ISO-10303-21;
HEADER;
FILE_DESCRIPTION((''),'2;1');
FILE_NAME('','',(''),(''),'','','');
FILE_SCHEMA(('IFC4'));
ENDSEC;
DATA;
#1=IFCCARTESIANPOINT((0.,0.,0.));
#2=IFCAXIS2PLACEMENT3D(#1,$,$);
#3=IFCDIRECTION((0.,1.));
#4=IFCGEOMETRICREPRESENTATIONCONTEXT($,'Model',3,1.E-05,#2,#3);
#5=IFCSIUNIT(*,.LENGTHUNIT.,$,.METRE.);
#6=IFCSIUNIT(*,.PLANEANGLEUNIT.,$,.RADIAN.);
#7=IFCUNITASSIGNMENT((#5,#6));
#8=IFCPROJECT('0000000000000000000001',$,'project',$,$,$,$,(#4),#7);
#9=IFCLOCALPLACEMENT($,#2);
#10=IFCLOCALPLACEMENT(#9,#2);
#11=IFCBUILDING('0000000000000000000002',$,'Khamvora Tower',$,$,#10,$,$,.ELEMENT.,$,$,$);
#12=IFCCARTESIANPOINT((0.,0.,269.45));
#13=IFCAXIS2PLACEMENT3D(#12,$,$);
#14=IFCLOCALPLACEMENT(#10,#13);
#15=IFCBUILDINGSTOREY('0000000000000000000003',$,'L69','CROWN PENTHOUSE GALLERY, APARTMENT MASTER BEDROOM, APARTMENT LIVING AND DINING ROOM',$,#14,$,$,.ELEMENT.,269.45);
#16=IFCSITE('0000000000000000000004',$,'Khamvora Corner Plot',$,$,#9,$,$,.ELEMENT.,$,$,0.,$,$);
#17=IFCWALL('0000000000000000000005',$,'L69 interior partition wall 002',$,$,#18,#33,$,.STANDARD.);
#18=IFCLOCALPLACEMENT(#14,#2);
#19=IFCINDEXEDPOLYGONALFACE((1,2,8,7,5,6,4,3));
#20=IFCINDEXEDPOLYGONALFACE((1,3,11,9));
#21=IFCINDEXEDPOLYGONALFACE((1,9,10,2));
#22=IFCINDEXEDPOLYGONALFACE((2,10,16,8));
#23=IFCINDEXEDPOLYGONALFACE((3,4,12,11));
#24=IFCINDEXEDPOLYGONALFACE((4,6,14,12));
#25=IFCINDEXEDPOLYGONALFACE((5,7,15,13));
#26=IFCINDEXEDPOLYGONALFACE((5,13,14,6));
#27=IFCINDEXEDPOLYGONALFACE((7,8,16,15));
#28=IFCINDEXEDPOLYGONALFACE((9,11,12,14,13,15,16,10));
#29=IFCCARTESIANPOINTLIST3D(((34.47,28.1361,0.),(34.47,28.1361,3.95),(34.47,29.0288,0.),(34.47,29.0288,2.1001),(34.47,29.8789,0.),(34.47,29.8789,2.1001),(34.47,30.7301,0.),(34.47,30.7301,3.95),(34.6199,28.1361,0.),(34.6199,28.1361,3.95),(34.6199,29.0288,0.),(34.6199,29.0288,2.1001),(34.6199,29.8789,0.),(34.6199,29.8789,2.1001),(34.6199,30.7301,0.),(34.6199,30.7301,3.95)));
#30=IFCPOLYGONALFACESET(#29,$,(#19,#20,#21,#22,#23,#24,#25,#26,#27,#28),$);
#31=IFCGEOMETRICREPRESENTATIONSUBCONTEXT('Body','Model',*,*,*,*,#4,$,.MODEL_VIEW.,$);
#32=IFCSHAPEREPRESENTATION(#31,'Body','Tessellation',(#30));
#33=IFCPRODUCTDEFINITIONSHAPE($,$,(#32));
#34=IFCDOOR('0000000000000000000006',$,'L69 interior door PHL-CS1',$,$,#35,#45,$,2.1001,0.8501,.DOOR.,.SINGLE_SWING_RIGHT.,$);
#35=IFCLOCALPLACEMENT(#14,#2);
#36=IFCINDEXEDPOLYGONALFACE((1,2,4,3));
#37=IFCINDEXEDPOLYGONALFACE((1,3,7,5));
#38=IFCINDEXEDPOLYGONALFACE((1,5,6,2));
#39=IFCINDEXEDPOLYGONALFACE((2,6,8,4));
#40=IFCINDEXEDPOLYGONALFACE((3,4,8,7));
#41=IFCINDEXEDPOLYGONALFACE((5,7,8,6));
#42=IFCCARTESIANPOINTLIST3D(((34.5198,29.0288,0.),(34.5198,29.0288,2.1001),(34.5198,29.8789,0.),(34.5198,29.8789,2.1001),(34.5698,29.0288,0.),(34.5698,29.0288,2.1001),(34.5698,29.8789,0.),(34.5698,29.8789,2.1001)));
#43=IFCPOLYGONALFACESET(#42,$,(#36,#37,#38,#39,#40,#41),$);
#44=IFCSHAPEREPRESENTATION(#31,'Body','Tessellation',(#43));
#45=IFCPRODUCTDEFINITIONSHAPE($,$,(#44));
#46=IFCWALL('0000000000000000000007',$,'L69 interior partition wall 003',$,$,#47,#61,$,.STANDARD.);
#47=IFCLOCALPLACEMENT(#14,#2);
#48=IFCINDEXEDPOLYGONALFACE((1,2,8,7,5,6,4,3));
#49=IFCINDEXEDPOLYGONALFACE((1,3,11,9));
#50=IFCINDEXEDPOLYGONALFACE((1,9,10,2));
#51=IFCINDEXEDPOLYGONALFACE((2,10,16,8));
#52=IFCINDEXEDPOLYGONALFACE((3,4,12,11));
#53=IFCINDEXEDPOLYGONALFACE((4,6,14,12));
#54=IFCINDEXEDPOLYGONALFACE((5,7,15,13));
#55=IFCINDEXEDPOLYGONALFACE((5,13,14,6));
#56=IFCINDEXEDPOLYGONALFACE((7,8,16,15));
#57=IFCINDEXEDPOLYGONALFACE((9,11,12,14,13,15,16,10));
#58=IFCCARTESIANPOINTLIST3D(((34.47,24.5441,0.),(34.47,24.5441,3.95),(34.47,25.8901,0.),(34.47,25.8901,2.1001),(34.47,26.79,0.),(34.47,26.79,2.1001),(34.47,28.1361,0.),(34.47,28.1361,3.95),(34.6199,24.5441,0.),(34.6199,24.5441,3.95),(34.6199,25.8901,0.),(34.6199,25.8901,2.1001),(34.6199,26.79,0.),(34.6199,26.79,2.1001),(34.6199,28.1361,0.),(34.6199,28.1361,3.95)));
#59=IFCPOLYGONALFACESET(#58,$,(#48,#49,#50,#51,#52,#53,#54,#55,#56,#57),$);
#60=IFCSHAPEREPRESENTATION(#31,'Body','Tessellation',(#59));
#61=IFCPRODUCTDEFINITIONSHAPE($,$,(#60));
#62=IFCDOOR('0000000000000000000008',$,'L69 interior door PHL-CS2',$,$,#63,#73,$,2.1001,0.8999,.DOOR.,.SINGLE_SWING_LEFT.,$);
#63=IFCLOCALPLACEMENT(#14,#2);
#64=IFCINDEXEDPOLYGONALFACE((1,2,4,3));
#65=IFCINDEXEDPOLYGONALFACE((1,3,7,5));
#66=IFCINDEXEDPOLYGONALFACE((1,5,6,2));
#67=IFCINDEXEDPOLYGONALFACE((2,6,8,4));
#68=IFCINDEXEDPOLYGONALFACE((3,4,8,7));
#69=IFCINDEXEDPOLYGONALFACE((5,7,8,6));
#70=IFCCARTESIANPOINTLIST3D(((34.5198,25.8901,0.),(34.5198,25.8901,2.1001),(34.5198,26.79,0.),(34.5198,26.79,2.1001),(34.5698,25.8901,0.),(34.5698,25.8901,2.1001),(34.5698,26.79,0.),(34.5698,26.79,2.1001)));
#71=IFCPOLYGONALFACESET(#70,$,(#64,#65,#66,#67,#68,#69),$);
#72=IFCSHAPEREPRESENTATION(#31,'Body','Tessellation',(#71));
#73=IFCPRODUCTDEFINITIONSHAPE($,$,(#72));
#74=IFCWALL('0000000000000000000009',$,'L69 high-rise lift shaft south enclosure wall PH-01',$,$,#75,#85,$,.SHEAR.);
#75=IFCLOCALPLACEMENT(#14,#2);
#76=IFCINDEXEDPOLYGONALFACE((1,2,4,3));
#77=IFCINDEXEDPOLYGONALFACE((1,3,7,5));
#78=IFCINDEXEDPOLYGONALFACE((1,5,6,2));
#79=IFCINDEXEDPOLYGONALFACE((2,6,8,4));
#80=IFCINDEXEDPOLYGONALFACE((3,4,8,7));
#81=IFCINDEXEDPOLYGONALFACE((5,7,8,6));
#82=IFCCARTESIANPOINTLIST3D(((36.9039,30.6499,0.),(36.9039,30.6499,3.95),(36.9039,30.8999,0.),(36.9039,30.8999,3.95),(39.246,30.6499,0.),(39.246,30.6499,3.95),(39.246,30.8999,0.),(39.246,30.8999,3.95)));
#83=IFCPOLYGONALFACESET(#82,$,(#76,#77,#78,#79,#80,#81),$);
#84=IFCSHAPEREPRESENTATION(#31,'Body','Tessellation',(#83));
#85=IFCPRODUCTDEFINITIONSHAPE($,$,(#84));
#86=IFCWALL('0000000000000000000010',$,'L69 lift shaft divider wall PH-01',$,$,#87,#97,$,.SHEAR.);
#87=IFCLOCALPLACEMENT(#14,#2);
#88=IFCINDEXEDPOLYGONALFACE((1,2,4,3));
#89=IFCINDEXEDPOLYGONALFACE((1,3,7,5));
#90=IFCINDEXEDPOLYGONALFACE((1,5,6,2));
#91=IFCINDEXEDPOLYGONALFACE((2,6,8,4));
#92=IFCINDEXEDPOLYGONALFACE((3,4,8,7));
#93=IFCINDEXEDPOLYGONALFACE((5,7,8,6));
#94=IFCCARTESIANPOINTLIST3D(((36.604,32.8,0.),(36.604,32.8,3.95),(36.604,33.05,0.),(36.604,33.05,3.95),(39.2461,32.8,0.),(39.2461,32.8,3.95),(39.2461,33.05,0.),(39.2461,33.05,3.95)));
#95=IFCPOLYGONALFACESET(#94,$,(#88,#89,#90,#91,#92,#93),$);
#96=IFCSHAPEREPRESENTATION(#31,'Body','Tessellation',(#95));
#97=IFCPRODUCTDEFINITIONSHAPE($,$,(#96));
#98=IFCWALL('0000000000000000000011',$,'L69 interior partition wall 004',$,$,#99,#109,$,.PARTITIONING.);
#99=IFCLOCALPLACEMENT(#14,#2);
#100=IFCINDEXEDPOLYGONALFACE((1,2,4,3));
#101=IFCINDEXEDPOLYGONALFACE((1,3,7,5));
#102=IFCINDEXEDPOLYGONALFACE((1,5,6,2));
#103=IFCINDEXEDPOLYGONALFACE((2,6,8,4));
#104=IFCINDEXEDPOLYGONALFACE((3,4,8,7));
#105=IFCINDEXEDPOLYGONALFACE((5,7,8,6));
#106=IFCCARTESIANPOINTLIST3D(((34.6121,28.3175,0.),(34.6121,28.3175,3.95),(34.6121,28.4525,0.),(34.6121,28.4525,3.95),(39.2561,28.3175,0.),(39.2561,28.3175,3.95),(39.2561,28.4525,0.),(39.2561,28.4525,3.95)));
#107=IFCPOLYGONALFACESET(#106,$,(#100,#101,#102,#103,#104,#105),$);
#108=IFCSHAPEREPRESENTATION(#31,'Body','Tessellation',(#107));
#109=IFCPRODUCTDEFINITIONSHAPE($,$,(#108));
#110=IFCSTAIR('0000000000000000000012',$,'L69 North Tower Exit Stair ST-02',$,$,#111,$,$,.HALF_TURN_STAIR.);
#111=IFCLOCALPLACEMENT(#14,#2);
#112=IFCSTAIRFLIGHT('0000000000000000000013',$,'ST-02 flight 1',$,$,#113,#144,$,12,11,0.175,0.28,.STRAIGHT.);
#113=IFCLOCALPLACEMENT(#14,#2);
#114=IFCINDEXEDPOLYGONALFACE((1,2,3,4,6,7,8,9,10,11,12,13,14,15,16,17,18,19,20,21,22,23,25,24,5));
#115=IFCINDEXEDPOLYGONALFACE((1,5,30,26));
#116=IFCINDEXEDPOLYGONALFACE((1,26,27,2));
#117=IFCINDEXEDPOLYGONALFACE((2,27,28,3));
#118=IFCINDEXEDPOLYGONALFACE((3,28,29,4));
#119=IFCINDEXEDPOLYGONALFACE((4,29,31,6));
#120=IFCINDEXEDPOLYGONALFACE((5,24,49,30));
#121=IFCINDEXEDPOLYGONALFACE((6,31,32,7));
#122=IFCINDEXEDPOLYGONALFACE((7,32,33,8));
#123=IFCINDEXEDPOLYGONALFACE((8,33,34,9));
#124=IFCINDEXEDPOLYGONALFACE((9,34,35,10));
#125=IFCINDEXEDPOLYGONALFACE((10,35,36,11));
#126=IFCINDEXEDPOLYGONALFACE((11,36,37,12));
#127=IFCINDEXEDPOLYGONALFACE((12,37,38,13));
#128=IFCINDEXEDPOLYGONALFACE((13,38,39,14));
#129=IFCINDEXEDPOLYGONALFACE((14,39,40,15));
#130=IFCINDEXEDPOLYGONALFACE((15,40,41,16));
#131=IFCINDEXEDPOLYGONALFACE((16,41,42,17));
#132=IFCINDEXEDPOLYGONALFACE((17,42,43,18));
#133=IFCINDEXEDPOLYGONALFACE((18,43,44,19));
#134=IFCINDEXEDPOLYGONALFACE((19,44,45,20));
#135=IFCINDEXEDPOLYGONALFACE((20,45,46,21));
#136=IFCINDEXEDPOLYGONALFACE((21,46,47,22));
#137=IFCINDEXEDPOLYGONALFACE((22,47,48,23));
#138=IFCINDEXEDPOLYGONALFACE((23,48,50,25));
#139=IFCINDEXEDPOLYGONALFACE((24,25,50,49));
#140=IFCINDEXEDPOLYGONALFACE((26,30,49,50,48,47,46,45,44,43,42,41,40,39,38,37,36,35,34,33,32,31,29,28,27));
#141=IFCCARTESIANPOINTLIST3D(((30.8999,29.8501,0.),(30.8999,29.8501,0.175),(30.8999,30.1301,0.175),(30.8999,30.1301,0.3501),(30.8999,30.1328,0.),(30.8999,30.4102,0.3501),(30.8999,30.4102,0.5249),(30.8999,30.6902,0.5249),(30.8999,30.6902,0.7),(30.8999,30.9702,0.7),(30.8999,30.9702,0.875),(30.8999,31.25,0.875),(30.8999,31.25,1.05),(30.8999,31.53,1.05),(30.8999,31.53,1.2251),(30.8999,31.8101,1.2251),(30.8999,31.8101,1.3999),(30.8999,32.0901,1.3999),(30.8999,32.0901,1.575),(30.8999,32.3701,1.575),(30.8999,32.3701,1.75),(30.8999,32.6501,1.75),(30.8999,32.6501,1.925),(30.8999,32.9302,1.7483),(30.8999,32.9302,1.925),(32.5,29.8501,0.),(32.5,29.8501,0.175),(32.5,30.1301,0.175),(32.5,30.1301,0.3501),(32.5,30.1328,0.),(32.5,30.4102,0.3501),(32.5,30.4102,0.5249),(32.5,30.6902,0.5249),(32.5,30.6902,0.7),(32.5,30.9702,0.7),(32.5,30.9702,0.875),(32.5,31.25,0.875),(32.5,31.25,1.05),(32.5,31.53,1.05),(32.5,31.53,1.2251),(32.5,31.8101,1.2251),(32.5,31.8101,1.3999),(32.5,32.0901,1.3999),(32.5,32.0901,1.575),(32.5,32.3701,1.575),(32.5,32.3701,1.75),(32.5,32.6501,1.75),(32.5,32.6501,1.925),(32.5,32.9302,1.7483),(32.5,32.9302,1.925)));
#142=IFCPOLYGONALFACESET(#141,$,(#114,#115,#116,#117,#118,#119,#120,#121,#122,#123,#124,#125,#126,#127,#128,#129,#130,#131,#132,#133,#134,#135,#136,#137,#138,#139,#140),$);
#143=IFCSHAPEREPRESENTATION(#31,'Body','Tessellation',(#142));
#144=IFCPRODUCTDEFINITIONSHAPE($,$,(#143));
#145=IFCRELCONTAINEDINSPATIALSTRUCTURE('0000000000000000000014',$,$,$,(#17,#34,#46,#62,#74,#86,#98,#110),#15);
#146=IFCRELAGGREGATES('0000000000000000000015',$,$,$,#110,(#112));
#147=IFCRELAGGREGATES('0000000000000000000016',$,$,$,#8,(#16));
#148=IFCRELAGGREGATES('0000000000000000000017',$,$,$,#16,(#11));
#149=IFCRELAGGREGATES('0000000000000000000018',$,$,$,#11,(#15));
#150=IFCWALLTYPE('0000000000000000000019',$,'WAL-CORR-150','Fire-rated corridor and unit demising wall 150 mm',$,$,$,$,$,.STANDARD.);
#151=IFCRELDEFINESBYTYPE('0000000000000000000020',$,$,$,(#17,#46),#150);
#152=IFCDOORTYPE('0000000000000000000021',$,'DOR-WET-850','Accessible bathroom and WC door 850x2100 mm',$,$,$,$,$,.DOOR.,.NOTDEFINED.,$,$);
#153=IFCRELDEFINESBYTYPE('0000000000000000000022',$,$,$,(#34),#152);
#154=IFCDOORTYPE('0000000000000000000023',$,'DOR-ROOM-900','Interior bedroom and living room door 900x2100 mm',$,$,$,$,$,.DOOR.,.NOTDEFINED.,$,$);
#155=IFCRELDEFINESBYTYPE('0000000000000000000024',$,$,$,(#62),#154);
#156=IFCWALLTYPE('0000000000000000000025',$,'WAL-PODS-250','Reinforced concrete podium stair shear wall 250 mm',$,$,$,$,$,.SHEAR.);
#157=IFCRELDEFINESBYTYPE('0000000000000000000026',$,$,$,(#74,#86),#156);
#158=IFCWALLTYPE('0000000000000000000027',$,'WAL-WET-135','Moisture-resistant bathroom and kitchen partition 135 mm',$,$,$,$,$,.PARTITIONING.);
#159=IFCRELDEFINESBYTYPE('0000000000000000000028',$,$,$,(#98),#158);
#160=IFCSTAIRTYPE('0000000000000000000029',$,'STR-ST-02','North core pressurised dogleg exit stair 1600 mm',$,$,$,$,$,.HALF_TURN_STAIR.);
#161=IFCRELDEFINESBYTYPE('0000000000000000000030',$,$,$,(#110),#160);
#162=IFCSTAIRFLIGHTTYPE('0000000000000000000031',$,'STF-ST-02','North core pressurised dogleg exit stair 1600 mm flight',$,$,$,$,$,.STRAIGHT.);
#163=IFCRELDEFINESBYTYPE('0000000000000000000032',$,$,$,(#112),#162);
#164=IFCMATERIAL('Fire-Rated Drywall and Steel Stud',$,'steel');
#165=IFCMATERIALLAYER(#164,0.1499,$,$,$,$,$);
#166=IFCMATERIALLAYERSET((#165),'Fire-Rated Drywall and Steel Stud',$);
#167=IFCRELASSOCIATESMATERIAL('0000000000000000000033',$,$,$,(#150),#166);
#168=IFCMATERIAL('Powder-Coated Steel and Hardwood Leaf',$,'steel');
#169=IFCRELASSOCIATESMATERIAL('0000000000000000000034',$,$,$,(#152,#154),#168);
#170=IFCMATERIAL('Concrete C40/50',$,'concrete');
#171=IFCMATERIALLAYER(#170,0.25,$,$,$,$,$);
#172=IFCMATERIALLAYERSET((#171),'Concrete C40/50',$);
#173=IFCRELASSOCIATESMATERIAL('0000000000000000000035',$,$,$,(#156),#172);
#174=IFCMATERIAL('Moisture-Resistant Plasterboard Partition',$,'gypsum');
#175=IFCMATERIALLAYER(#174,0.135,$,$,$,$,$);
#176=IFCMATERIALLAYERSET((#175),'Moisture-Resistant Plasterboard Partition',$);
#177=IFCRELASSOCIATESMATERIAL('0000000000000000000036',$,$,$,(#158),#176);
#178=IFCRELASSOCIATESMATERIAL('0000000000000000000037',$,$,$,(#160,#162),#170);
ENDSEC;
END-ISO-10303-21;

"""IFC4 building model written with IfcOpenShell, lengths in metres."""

from ifc_helpers import new_model, si_unit, direction, frame, frame_2d, origin, place, context, subcontext, project, spatial, polyline, rectangle, outline, extrude, material, layer, layer_set, type_object, element, fill, aggregate, save


model = new_model("IFC4")

# Units and contexts
model_context = context("Model", 3, precision=1e-05, world=origin(), true_north=direction((0.0, 1.0)))
body_context = subcontext(model_context, "Body", "Model", "MODEL_VIEW")
ifc_project = project(units=[si_unit("LENGTHUNIT", "METRE"), si_unit("PLANEANGLEUNIT", "RADIAN")], contexts=[model_context])

# Site, building, storey
site_placement = place(None, origin())
site = spatial("IfcSite", under=ifc_project, at=site_placement, Name="Khamvora Corner Plot", CompositionType="ELEMENT", RefElevation=0.0)
building_placement = place(site_placement, origin())
building = spatial("IfcBuilding", under=site, at=building_placement, Name="Khamvora Tower", CompositionType="ELEMENT")
storey_placement = place(building_placement, frame((0.0, 0.0, 269.45)))
storey = spatial("IfcBuildingStorey", under=building, at=storey_placement, Name="L69", Description="CROWN PENTHOUSE GALLERY, APARTMENT MASTER BEDROOM, APARTMENT LIVING AND DINING ROOM", CompositionType="ELEMENT", Elevation=269.45)

# Shared definitions
ifc_material_1 = material(Name="Powder-Coated Steel and Hardwood Leaf", Category="steel")

# Shared definitions
ifc_material_2 = material(Name="Fire-Rated Drywall and Steel Stud", Category="steel")
ifc_layer_1 = layer(ifc_material_2, 0.1499)
ifc_layer_set_1 = layer_set([ifc_layer_1], Name="Fire-Rated Drywall and Steel Stud")
wall_type_1 = type_object("IfcWallType", Name="WAL-CORR-150", Description="Fire-rated corridor and unit demising wall 150 mm", PredefinedType="STANDARD", material=ifc_layer_set_1)

# Walls, openings, doors
wall_1_placement = place(storey_placement, frame((34.5449, 30.73, 0.0), z_axis=(0.0, 0.0, 1.0), x_axis=(0.0, -1.0, 0.0)))
wall_1 = element("IfcWall", 1, at=wall_1_placement, inside=storey, type_object=wall_type_1, Name="L69 interior partition wall 002", PredefinedType="STANDARD", context=body_context, shape_type="SweptSolid", body=[
    extrude(rectangle(XDim=2.594, YDim=0.1499, at=frame_2d((1.2969, 0.0))), origin(), (0.0, 0.0, 1.0), 3.95),
])
opening_1_placement = place(wall_1_placement, frame((0.8511, 0.0, 0.0)))
opening_1 = element("IfcOpeningElement", 2, at=opening_1_placement, cuts=wall_1, PredefinedType="OPENING", context=body_context, shape_type="SweptSolid", body=[
    extrude(rectangle(XDim=0.8501, YDim=2.1001, at=frame_2d((0.425, 1.05))), frame((0.0, 0.085, 0.0), z_axis=(0.0, -1.0, 0.0), x_axis=(1.0, 0.0, 0.0)), (0.0, 0.0, 1.0), 0.1699),
])
door_type_1 = type_object("IfcDoorType", Name="DOR-WET-850", Description="Accessible bathroom and WC door 850x2100 mm", OperationType="NOTDEFINED", PredefinedType="DOOR", material=ifc_material_1)
door_1_placement = place(opening_1_placement, origin())
door_1 = element("IfcDoor", 3, at=door_1_placement, inside=storey, type_object=door_type_1, Name="L69 interior door PHL-CS1", OperationType="SINGLE_SWING_RIGHT", OverallHeight=2.1001, OverallWidth=0.8501, PredefinedType="DOOR", context=body_context, shape_type="SweptSolid", body=[
    extrude(rectangle(XDim=0.8501, YDim=2.1001, at=frame_2d((0.425, 1.05))), frame((0.0, 0.0249, 0.0), z_axis=(0.0, -1.0, 0.0), x_axis=(1.0, 0.0, 0.0)), (0.0, 0.0, 1.0), 0.05),
])
fill(opening_1, door_1)
wall_2_placement = place(storey_placement, frame((34.5449, 28.136, 0.0), z_axis=(0.0, 0.0, 1.0), x_axis=(0.0, -1.0, 0.0)))
wall_2 = element("IfcWall", 4, at=wall_2_placement, inside=storey, type_object=wall_type_1, Name="L69 interior partition wall 003", PredefinedType="STANDARD", context=body_context, shape_type="SweptSolid", body=[
    extrude(rectangle(XDim=3.592, YDim=0.1499, at=frame_2d((1.7959, 0.0))), origin(), (0.0, 0.0, 1.0), 3.95),
])
opening_2_placement = place(wall_2_placement, frame((1.3459, 0.0, 0.0)))
opening_2 = element("IfcOpeningElement", 5, at=opening_2_placement, cuts=wall_2, PredefinedType="OPENING", context=body_context, shape_type="SweptSolid", body=[
    extrude(rectangle(XDim=0.8999, YDim=2.1001, at=frame_2d((0.45, 1.05))), frame((0.0, 0.085, 0.0), z_axis=(0.0, -1.0, 0.0), x_axis=(1.0, 0.0, 0.0)), (0.0, 0.0, 1.0), 0.1699),
])
door_type_2 = type_object("IfcDoorType", Name="DOR-ROOM-900", Description="Interior bedroom and living room door 900x2100 mm", OperationType="NOTDEFINED", PredefinedType="DOOR", material=ifc_material_1)
door_2_placement = place(opening_2_placement, origin())
door_2 = element("IfcDoor", 6, at=door_2_placement, inside=storey, type_object=door_type_2, Name="L69 interior door PHL-CS2", OperationType="SINGLE_SWING_LEFT", OverallHeight=2.1001, OverallWidth=0.8999, PredefinedType="DOOR", context=body_context, shape_type="SweptSolid", body=[
    extrude(rectangle(XDim=0.8999, YDim=2.1001, at=frame_2d((0.45, 1.05))), frame((0.0, 0.0249, 0.0), z_axis=(0.0, -1.0, 0.0), x_axis=(1.0, 0.0, 0.0)), (0.0, 0.0, 1.0), 0.05),
])
fill(opening_2, door_2)

# Walls
ifc_material_3 = material(Name="Concrete C40/50", Category="concrete")
ifc_layer_2 = layer(ifc_material_3, 0.25)
ifc_layer_set_2 = layer_set([ifc_layer_2], Name="Concrete C40/50")
wall_type_2 = type_object("IfcWallType", Name="WAL-PODS-250", Description="Reinforced concrete podium stair shear wall 250 mm", PredefinedType="SHEAR", material=ifc_layer_set_2)
wall_3_placement = place(storey_placement, frame((36.9041, 30.7749, 0.0), z_axis=(0.0, 0.0, 1.0), x_axis=(1.0, 0.0, 0.0)))
element("IfcWall", 7, at=wall_3_placement, inside=storey, type_object=wall_type_2, Name="L69 high-rise lift shaft south enclosure wall PH-01", PredefinedType="SHEAR", context=body_context, shape_type="SweptSolid", body=[
    extrude(rectangle(XDim=2.342, YDim=0.25, at=frame_2d((1.1709, 0.0))), origin(), (0.0, 0.0, 1.0), 3.95),
])
wall_4_placement = place(storey_placement, frame((36.604, 32.925, 0.0), z_axis=(0.0, 0.0, 1.0), x_axis=(1.0, 0.0, 0.0)))
element("IfcWall", 8, at=wall_4_placement, inside=storey, type_object=wall_type_2, Name="L69 lift shaft divider wall PH-01", PredefinedType="SHEAR", context=body_context, shape_type="SweptSolid", body=[
    extrude(rectangle(XDim=2.6421, YDim=0.25, at=frame_2d((1.321, 0.0))), origin(), (0.0, 0.0, 1.0), 3.95),
])
ifc_material_4 = material(Name="Moisture-Resistant Plasterboard Partition", Category="gypsum")
ifc_layer_3 = layer(ifc_material_4, 0.135)
ifc_layer_set_3 = layer_set([ifc_layer_3], Name="Moisture-Resistant Plasterboard Partition")
wall_type_3 = type_object("IfcWallType", Name="WAL-WET-135", Description="Moisture-resistant bathroom and kitchen partition 135 mm", PredefinedType="PARTITIONING", material=ifc_layer_set_3)
wall_5_placement = place(storey_placement, frame((39.2561, 28.385, 0.0), z_axis=(0.0, 0.0, 1.0), x_axis=(-1.0, 0.0, 0.0)))
element("IfcWall", 9, at=wall_5_placement, inside=storey, type_object=wall_type_3, Name="L69 interior partition wall 004", PredefinedType="PARTITIONING", context=body_context, shape_type="SweptSolid", body=[
    extrude(rectangle(XDim=4.644, YDim=0.135, at=frame_2d((2.322, 0.0))), origin(), (0.0, 0.0, 1.0), 3.95),
])

# Stair, stair flight
stair_type = type_object("IfcStairType", Name="STR-ST-02", Description="North core pressurised dogleg exit stair 1600 mm", PredefinedType="HALF_TURN_STAIR", material=ifc_material_3)
stair_placement = place(storey_placement, origin())
stair = element("IfcStair", 10, at=stair_placement, inside=storey, type_object=stair_type, Name="L69 North Tower Exit Stair ST-02", PredefinedType="HALF_TURN_STAIR")
stair_flight_type = type_object("IfcStairFlightType", Name="STF-ST-02", Description="North core pressurised dogleg exit stair 1600 mm flight", PredefinedType="STRAIGHT", material=ifc_material_3)
stair_flight_placement = place(storey_placement, frame((31.7, 29.8501, 0.0), z_axis=(0.0, 0.0, 1.0), x_axis=(0.0, 1.0, 0.0)))
stair_flight = element("IfcStairFlight", 11, at=stair_flight_placement, type_object=stair_flight_type, Name="ST-02 flight 1", NumberOfRisers=12, NumberOfTreads=11, PredefinedType="STRAIGHT", RiserHeight=0.175, TreadLength=0.28, context=body_context, shape_type="SweptSolid", body=[
    extrude(outline(polyline([(0.0, 0.0), (0.0, 0.175), (0.28, 0.175), (0.28, 0.3501), (0.5601, 0.3501), (0.5601, 0.5249), (0.8401, 0.5249), (0.8401, 0.7), (1.1201, 0.7), (1.1201, 0.875), (1.3999, 0.875), (1.3999, 1.05), (1.6799, 1.05), (1.6799, 1.2251), (1.96, 1.2251), (1.96, 1.3999), (2.24, 1.3999), (2.24, 1.575), (2.52, 1.575), (2.52, 1.75), (2.8, 1.75), (2.8, 1.925), (3.0801, 1.925), (3.0801, 2.1001), (3.0801, 1.7483), (0.2827, 0.0), (0.0, 0.0)])), frame((0.0, 0.8, 0.0), z_axis=(0.0, -1.0, 0.0), x_axis=(1.0, 0.0, 0.0)), (0.0, 0.0, 1.0), 1.6001),
])
aggregate(stair, [stair_flight])

save(model, "model.ifc")
